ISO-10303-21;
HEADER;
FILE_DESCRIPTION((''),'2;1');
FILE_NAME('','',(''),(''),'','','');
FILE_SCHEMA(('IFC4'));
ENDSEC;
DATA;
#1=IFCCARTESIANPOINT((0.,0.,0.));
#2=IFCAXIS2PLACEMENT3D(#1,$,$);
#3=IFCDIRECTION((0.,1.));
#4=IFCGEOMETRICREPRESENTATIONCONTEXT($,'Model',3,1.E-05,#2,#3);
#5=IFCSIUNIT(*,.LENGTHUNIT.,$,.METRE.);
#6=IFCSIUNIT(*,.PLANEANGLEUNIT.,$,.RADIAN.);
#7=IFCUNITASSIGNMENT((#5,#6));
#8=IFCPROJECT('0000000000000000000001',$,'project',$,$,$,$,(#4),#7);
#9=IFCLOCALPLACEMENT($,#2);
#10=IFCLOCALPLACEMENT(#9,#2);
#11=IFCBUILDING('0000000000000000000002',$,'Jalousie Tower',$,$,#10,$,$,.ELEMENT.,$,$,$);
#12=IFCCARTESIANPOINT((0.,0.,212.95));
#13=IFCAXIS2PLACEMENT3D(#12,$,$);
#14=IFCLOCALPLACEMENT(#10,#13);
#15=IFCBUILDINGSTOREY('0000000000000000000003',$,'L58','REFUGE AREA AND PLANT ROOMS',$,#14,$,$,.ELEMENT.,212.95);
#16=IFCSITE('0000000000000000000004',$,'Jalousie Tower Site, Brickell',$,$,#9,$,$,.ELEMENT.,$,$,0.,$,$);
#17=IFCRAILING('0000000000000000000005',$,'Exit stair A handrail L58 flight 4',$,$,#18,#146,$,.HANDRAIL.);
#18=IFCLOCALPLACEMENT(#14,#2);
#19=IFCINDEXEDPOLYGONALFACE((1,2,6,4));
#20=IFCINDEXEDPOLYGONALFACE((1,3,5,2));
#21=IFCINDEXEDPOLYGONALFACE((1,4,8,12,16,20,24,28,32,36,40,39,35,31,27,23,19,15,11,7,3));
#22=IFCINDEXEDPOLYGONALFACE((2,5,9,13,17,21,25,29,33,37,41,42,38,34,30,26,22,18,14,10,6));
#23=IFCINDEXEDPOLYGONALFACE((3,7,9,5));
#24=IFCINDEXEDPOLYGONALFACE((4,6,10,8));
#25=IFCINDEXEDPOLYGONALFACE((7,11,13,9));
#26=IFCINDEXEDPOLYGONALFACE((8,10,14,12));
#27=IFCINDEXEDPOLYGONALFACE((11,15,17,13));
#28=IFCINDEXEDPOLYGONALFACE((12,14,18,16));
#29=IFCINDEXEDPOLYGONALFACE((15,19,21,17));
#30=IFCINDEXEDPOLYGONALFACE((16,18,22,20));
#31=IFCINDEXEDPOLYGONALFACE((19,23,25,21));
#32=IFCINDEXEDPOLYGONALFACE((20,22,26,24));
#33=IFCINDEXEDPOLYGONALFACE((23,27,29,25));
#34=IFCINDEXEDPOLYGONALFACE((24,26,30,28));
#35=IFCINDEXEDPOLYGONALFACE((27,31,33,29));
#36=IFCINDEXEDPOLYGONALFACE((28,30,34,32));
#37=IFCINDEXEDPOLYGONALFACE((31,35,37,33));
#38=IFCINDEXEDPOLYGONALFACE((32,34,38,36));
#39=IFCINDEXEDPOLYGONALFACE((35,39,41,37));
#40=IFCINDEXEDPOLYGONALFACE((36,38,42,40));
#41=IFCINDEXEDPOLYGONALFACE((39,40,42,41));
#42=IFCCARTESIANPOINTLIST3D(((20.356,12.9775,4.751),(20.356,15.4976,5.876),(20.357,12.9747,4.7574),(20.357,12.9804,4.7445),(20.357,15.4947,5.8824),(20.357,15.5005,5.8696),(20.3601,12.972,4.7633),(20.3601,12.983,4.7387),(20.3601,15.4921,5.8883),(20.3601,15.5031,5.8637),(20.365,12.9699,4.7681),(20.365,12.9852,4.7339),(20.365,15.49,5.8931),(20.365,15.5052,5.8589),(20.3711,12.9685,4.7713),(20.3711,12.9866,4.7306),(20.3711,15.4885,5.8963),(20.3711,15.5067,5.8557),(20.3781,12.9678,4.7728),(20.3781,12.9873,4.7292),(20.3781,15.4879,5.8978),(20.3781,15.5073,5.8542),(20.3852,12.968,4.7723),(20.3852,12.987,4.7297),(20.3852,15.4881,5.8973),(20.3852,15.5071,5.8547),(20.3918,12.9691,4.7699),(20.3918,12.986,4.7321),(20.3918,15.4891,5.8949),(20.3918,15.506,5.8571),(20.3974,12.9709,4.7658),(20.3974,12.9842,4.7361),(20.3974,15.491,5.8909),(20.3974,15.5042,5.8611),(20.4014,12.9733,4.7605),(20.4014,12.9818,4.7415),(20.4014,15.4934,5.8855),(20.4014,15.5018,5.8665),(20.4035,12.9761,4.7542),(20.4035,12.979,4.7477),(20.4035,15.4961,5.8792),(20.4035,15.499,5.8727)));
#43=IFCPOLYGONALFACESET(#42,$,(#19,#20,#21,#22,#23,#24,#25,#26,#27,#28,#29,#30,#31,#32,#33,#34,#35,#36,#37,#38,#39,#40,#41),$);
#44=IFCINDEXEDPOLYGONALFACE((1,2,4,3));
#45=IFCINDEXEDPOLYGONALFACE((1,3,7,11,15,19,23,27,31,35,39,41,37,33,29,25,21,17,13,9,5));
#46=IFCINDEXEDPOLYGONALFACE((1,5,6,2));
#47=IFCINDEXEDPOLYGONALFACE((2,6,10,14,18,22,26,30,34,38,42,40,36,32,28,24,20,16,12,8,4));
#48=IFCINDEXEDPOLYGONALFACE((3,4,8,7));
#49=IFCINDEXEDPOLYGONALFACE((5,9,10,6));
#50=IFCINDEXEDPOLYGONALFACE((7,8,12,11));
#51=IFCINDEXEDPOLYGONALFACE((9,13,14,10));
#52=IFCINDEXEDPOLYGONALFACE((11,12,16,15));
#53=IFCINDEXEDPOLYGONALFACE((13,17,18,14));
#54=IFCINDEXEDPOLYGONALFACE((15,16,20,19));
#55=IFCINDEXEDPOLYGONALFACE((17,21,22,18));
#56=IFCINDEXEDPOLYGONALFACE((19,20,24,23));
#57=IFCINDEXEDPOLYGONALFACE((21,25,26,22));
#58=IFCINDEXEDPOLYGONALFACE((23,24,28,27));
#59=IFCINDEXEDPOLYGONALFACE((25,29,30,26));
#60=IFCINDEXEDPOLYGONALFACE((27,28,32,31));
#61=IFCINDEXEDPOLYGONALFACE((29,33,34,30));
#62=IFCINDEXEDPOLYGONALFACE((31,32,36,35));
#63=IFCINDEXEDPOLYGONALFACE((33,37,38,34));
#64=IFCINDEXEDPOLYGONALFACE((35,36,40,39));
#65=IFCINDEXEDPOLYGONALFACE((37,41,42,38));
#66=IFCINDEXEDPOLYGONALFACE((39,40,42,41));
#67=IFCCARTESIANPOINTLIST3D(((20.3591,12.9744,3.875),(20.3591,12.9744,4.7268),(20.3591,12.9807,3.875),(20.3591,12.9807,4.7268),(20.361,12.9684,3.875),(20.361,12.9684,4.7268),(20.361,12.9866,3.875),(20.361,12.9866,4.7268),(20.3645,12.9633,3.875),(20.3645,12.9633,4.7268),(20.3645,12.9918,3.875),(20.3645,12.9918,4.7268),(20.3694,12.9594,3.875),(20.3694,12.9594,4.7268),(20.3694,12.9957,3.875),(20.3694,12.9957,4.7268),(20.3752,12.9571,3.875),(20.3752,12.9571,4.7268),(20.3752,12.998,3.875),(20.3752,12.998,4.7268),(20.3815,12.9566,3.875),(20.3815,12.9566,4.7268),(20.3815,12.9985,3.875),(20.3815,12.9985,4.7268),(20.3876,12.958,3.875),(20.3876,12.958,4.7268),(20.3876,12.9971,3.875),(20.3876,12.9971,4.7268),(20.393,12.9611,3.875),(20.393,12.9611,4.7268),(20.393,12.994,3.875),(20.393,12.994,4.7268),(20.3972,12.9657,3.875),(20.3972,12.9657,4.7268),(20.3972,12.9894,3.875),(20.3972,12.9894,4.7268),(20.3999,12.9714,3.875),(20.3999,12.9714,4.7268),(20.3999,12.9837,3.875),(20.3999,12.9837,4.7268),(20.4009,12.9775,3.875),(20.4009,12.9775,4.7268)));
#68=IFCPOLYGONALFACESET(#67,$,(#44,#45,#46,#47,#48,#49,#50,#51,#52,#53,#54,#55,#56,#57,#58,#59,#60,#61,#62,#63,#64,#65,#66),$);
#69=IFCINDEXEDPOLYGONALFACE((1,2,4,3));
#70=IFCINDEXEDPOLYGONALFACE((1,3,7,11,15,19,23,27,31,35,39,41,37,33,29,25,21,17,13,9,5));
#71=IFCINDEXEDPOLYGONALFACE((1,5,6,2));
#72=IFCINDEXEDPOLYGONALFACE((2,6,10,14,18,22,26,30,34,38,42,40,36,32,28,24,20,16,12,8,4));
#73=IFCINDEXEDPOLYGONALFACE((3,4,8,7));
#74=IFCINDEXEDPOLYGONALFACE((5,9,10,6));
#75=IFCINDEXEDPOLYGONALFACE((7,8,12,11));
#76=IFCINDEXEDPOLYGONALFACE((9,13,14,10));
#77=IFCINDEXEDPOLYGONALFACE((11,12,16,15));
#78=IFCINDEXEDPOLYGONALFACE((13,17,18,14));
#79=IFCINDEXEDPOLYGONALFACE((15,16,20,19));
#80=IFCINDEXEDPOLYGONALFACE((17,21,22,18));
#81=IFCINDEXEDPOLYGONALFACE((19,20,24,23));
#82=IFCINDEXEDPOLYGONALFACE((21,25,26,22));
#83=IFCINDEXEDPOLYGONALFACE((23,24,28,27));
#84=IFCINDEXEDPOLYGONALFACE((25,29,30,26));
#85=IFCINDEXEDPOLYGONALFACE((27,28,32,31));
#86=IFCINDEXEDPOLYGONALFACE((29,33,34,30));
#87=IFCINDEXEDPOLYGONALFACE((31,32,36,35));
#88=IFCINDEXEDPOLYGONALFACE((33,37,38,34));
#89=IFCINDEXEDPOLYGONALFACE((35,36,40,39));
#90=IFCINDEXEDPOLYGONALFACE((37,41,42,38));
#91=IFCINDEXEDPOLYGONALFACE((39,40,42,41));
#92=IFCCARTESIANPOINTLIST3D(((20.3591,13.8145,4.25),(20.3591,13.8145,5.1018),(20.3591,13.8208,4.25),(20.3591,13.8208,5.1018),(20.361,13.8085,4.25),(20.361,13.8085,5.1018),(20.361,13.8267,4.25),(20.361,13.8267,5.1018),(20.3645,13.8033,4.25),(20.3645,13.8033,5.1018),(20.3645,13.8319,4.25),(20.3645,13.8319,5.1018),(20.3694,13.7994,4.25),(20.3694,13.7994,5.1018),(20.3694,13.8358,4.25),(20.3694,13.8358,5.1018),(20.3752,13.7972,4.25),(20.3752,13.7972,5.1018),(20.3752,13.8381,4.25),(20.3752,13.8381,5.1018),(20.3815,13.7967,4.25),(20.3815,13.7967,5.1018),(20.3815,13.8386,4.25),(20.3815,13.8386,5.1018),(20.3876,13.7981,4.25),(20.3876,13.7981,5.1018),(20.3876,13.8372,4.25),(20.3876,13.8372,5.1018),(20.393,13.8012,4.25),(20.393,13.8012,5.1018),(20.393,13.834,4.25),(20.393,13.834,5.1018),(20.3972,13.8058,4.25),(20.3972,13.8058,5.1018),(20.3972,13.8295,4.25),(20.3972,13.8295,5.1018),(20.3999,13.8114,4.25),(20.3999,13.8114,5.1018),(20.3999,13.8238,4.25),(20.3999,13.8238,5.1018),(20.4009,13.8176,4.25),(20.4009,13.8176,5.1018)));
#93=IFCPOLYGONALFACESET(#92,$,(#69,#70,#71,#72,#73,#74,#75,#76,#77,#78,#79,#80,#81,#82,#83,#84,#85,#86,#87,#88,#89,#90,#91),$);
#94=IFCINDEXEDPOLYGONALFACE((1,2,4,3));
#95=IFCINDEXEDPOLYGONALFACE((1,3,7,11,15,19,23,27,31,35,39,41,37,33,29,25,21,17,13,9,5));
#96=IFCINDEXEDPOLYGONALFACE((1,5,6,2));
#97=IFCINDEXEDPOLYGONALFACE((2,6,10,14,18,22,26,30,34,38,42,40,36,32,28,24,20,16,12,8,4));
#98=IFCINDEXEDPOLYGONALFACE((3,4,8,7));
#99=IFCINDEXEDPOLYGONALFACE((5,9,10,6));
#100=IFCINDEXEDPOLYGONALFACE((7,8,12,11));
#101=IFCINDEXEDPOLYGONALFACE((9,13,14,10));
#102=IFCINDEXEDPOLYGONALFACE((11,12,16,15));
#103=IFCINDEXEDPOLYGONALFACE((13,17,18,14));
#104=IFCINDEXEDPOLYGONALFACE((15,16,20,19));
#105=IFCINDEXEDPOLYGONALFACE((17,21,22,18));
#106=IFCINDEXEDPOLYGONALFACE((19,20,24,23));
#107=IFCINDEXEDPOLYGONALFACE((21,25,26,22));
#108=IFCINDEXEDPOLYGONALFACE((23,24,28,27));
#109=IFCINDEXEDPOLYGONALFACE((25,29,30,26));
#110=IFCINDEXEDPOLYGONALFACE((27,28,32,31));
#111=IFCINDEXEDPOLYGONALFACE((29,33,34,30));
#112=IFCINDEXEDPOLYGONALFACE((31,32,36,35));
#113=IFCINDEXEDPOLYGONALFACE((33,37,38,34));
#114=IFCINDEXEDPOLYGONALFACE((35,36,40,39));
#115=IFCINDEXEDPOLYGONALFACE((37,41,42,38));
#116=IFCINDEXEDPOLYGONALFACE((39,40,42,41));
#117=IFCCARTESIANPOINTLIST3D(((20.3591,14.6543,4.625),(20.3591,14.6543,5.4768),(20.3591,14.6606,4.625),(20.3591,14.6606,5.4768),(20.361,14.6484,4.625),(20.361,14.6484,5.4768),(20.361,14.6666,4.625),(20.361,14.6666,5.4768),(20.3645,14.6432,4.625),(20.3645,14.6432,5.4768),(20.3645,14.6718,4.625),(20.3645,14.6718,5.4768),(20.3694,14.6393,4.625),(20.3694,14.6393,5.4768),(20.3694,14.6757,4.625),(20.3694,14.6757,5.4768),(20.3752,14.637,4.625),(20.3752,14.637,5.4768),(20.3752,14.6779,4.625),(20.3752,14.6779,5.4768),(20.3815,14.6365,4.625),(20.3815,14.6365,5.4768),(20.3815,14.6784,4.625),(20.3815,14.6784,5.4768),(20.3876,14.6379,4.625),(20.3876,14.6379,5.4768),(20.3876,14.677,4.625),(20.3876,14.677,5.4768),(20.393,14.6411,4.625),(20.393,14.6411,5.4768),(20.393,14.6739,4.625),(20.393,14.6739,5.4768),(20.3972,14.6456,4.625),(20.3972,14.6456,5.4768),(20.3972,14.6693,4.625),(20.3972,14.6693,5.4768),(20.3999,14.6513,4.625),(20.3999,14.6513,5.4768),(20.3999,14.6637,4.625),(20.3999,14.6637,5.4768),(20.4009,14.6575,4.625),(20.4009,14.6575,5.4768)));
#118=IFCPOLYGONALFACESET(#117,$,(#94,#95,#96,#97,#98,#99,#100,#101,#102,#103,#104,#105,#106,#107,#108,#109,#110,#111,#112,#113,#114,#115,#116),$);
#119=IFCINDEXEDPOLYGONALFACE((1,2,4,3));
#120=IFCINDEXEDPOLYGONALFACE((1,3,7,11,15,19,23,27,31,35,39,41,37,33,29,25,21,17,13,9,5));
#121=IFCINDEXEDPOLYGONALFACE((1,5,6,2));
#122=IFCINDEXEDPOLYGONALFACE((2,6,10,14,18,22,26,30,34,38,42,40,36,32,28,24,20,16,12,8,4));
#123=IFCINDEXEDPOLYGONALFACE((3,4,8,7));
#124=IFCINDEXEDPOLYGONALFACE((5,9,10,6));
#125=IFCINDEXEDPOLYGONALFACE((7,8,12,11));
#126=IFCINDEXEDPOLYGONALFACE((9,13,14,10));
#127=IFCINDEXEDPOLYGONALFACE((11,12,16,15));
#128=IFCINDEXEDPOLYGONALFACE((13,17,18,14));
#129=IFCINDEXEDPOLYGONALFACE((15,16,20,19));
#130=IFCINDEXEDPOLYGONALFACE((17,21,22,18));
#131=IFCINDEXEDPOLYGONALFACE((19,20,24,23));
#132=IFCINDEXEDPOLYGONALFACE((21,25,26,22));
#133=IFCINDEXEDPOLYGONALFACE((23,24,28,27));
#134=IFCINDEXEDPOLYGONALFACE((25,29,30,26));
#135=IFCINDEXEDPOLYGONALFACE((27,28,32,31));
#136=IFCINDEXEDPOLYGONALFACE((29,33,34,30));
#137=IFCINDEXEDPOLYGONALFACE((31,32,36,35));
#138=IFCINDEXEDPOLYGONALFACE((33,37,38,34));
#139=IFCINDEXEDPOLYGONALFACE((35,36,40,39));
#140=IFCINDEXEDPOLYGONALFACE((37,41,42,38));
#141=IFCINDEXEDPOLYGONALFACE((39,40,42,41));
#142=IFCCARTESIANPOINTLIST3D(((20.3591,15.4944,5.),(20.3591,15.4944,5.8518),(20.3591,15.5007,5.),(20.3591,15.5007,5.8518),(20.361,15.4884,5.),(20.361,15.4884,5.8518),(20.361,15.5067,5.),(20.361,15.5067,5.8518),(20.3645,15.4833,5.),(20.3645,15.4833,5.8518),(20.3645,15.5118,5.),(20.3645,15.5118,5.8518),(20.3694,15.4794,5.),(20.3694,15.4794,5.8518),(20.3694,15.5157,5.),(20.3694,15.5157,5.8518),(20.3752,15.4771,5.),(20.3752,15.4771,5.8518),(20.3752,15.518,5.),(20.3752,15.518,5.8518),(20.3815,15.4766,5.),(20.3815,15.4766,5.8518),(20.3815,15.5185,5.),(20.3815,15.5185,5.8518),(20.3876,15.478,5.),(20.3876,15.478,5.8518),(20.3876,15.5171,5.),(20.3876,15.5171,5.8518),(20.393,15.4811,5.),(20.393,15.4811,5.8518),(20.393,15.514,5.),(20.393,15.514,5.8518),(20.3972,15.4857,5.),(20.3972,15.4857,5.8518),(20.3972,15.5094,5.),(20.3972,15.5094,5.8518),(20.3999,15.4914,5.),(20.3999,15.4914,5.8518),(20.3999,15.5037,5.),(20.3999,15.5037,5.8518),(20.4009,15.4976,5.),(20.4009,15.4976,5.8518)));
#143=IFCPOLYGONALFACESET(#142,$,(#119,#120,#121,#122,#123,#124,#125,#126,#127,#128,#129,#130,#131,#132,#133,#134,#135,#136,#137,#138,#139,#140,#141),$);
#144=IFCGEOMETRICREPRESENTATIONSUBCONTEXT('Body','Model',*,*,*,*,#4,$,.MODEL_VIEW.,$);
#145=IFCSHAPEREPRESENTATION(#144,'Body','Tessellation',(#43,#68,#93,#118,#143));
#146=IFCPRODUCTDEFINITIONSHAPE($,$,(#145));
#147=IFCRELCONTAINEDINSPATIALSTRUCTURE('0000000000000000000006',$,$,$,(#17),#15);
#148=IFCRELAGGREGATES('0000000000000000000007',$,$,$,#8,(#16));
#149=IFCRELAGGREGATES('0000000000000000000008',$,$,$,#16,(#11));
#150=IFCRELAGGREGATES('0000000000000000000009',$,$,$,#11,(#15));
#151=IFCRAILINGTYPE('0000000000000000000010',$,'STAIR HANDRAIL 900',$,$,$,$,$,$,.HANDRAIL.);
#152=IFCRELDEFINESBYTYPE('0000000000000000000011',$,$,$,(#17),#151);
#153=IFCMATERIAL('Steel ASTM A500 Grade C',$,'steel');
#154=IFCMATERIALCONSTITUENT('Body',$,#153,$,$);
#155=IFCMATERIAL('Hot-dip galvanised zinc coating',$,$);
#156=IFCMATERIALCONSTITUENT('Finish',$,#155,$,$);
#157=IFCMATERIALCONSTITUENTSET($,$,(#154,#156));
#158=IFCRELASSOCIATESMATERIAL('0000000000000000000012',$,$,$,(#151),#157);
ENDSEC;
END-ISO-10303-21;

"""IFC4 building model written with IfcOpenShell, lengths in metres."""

from ifc_helpers import new_model, si_unit, direction, frame, origin, origin_2d, place, context, subcontext, project, spatial, circle, extrude, material, constituent, constituent_set, type_object, element, save


model = new_model("IFC4")

# Units and contexts
model_context = context("Model", 3, precision=1e-05, world=origin(), true_north=direction((0.0, 1.0)))
body_context = subcontext(model_context, "Body", "Model", "MODEL_VIEW")
ifc_project = project(units=[si_unit("LENGTHUNIT", "METRE"), si_unit("PLANEANGLEUNIT", "RADIAN")], contexts=[model_context])

# Site, building, storey
site_placement = place(None, origin())
site = spatial("IfcSite", under=ifc_project, at=site_placement, Name="Jalousie Tower Site, Brickell", CompositionType="ELEMENT", RefElevation=0.0)
building_placement = place(site_placement, origin())
building = spatial("IfcBuilding", under=site, at=building_placement, Name="Jalousie Tower", CompositionType="ELEMENT")
storey_placement = place(building_placement, frame((0.0, 0.0, 212.95)))
storey = spatial("IfcBuildingStorey", under=building, at=storey_placement, Name="L58", Description="REFUGE AREA AND PLANT ROOMS", CompositionType="ELEMENT", Elevation=212.95)

# Railing
ifc_material_1 = material(Name="Steel ASTM A500 Grade C", Category="steel")
ifc_constituent_1 = constituent(ifc_material_1, Name="Body")
ifc_material_2 = material(Name="Hot-dip galvanised zinc coating")
ifc_constituent_2 = constituent(ifc_material_2, Name="Finish")
ifc_constituent_set_1 = constituent_set(constituents=[ifc_constituent_1, ifc_constituent_2])
railing_type_1 = type_object("IfcRailingType", Name="STAIR HANDRAIL 900", PredefinedType="HANDRAIL", material=ifc_constituent_set_1)
for number, where, name in (
    (1, (20.3799, 12.9775, 3.875), "Exit stair A handrail L58 flight 4"),
):
    element("IfcRailing", number, at=place(storey_placement, frame(where)), inside=storey, type_object=railing_type_1, Name=name, PredefinedType="HANDRAIL", context=body_context, shape_type="SweptSolid", body=[
        extrude(circle(Radius=0.0239, at=origin_2d()), frame((0.0, 0.0, 0.876), z_axis=(0.0, 0.913139, 0.407648), x_axis=(-1.0, 0.0, 0.0)), (0.0, 0.0, 1.0), 2.7598),
        extrude(circle(Radius=0.021, at=origin_2d()), origin(), (0.0, 0.0, 1.0), 0.8518),
        extrude(circle(Radius=0.021, at=origin_2d()), frame((0.0, 0.8401, 0.375)), (0.0, 0.0, 1.0), 0.8518),
        extrude(circle(Radius=0.021, at=origin_2d()), frame((0.0, 1.6799, 0.75)), (0.0, 0.0, 1.0), 0.8518),
        extrude(circle(Radius=0.021, at=origin_2d()), frame((0.0, 2.52, 1.125)), (0.0, 0.0, 1.0), 0.8518),
    ])

save(model, "model.ifc")
